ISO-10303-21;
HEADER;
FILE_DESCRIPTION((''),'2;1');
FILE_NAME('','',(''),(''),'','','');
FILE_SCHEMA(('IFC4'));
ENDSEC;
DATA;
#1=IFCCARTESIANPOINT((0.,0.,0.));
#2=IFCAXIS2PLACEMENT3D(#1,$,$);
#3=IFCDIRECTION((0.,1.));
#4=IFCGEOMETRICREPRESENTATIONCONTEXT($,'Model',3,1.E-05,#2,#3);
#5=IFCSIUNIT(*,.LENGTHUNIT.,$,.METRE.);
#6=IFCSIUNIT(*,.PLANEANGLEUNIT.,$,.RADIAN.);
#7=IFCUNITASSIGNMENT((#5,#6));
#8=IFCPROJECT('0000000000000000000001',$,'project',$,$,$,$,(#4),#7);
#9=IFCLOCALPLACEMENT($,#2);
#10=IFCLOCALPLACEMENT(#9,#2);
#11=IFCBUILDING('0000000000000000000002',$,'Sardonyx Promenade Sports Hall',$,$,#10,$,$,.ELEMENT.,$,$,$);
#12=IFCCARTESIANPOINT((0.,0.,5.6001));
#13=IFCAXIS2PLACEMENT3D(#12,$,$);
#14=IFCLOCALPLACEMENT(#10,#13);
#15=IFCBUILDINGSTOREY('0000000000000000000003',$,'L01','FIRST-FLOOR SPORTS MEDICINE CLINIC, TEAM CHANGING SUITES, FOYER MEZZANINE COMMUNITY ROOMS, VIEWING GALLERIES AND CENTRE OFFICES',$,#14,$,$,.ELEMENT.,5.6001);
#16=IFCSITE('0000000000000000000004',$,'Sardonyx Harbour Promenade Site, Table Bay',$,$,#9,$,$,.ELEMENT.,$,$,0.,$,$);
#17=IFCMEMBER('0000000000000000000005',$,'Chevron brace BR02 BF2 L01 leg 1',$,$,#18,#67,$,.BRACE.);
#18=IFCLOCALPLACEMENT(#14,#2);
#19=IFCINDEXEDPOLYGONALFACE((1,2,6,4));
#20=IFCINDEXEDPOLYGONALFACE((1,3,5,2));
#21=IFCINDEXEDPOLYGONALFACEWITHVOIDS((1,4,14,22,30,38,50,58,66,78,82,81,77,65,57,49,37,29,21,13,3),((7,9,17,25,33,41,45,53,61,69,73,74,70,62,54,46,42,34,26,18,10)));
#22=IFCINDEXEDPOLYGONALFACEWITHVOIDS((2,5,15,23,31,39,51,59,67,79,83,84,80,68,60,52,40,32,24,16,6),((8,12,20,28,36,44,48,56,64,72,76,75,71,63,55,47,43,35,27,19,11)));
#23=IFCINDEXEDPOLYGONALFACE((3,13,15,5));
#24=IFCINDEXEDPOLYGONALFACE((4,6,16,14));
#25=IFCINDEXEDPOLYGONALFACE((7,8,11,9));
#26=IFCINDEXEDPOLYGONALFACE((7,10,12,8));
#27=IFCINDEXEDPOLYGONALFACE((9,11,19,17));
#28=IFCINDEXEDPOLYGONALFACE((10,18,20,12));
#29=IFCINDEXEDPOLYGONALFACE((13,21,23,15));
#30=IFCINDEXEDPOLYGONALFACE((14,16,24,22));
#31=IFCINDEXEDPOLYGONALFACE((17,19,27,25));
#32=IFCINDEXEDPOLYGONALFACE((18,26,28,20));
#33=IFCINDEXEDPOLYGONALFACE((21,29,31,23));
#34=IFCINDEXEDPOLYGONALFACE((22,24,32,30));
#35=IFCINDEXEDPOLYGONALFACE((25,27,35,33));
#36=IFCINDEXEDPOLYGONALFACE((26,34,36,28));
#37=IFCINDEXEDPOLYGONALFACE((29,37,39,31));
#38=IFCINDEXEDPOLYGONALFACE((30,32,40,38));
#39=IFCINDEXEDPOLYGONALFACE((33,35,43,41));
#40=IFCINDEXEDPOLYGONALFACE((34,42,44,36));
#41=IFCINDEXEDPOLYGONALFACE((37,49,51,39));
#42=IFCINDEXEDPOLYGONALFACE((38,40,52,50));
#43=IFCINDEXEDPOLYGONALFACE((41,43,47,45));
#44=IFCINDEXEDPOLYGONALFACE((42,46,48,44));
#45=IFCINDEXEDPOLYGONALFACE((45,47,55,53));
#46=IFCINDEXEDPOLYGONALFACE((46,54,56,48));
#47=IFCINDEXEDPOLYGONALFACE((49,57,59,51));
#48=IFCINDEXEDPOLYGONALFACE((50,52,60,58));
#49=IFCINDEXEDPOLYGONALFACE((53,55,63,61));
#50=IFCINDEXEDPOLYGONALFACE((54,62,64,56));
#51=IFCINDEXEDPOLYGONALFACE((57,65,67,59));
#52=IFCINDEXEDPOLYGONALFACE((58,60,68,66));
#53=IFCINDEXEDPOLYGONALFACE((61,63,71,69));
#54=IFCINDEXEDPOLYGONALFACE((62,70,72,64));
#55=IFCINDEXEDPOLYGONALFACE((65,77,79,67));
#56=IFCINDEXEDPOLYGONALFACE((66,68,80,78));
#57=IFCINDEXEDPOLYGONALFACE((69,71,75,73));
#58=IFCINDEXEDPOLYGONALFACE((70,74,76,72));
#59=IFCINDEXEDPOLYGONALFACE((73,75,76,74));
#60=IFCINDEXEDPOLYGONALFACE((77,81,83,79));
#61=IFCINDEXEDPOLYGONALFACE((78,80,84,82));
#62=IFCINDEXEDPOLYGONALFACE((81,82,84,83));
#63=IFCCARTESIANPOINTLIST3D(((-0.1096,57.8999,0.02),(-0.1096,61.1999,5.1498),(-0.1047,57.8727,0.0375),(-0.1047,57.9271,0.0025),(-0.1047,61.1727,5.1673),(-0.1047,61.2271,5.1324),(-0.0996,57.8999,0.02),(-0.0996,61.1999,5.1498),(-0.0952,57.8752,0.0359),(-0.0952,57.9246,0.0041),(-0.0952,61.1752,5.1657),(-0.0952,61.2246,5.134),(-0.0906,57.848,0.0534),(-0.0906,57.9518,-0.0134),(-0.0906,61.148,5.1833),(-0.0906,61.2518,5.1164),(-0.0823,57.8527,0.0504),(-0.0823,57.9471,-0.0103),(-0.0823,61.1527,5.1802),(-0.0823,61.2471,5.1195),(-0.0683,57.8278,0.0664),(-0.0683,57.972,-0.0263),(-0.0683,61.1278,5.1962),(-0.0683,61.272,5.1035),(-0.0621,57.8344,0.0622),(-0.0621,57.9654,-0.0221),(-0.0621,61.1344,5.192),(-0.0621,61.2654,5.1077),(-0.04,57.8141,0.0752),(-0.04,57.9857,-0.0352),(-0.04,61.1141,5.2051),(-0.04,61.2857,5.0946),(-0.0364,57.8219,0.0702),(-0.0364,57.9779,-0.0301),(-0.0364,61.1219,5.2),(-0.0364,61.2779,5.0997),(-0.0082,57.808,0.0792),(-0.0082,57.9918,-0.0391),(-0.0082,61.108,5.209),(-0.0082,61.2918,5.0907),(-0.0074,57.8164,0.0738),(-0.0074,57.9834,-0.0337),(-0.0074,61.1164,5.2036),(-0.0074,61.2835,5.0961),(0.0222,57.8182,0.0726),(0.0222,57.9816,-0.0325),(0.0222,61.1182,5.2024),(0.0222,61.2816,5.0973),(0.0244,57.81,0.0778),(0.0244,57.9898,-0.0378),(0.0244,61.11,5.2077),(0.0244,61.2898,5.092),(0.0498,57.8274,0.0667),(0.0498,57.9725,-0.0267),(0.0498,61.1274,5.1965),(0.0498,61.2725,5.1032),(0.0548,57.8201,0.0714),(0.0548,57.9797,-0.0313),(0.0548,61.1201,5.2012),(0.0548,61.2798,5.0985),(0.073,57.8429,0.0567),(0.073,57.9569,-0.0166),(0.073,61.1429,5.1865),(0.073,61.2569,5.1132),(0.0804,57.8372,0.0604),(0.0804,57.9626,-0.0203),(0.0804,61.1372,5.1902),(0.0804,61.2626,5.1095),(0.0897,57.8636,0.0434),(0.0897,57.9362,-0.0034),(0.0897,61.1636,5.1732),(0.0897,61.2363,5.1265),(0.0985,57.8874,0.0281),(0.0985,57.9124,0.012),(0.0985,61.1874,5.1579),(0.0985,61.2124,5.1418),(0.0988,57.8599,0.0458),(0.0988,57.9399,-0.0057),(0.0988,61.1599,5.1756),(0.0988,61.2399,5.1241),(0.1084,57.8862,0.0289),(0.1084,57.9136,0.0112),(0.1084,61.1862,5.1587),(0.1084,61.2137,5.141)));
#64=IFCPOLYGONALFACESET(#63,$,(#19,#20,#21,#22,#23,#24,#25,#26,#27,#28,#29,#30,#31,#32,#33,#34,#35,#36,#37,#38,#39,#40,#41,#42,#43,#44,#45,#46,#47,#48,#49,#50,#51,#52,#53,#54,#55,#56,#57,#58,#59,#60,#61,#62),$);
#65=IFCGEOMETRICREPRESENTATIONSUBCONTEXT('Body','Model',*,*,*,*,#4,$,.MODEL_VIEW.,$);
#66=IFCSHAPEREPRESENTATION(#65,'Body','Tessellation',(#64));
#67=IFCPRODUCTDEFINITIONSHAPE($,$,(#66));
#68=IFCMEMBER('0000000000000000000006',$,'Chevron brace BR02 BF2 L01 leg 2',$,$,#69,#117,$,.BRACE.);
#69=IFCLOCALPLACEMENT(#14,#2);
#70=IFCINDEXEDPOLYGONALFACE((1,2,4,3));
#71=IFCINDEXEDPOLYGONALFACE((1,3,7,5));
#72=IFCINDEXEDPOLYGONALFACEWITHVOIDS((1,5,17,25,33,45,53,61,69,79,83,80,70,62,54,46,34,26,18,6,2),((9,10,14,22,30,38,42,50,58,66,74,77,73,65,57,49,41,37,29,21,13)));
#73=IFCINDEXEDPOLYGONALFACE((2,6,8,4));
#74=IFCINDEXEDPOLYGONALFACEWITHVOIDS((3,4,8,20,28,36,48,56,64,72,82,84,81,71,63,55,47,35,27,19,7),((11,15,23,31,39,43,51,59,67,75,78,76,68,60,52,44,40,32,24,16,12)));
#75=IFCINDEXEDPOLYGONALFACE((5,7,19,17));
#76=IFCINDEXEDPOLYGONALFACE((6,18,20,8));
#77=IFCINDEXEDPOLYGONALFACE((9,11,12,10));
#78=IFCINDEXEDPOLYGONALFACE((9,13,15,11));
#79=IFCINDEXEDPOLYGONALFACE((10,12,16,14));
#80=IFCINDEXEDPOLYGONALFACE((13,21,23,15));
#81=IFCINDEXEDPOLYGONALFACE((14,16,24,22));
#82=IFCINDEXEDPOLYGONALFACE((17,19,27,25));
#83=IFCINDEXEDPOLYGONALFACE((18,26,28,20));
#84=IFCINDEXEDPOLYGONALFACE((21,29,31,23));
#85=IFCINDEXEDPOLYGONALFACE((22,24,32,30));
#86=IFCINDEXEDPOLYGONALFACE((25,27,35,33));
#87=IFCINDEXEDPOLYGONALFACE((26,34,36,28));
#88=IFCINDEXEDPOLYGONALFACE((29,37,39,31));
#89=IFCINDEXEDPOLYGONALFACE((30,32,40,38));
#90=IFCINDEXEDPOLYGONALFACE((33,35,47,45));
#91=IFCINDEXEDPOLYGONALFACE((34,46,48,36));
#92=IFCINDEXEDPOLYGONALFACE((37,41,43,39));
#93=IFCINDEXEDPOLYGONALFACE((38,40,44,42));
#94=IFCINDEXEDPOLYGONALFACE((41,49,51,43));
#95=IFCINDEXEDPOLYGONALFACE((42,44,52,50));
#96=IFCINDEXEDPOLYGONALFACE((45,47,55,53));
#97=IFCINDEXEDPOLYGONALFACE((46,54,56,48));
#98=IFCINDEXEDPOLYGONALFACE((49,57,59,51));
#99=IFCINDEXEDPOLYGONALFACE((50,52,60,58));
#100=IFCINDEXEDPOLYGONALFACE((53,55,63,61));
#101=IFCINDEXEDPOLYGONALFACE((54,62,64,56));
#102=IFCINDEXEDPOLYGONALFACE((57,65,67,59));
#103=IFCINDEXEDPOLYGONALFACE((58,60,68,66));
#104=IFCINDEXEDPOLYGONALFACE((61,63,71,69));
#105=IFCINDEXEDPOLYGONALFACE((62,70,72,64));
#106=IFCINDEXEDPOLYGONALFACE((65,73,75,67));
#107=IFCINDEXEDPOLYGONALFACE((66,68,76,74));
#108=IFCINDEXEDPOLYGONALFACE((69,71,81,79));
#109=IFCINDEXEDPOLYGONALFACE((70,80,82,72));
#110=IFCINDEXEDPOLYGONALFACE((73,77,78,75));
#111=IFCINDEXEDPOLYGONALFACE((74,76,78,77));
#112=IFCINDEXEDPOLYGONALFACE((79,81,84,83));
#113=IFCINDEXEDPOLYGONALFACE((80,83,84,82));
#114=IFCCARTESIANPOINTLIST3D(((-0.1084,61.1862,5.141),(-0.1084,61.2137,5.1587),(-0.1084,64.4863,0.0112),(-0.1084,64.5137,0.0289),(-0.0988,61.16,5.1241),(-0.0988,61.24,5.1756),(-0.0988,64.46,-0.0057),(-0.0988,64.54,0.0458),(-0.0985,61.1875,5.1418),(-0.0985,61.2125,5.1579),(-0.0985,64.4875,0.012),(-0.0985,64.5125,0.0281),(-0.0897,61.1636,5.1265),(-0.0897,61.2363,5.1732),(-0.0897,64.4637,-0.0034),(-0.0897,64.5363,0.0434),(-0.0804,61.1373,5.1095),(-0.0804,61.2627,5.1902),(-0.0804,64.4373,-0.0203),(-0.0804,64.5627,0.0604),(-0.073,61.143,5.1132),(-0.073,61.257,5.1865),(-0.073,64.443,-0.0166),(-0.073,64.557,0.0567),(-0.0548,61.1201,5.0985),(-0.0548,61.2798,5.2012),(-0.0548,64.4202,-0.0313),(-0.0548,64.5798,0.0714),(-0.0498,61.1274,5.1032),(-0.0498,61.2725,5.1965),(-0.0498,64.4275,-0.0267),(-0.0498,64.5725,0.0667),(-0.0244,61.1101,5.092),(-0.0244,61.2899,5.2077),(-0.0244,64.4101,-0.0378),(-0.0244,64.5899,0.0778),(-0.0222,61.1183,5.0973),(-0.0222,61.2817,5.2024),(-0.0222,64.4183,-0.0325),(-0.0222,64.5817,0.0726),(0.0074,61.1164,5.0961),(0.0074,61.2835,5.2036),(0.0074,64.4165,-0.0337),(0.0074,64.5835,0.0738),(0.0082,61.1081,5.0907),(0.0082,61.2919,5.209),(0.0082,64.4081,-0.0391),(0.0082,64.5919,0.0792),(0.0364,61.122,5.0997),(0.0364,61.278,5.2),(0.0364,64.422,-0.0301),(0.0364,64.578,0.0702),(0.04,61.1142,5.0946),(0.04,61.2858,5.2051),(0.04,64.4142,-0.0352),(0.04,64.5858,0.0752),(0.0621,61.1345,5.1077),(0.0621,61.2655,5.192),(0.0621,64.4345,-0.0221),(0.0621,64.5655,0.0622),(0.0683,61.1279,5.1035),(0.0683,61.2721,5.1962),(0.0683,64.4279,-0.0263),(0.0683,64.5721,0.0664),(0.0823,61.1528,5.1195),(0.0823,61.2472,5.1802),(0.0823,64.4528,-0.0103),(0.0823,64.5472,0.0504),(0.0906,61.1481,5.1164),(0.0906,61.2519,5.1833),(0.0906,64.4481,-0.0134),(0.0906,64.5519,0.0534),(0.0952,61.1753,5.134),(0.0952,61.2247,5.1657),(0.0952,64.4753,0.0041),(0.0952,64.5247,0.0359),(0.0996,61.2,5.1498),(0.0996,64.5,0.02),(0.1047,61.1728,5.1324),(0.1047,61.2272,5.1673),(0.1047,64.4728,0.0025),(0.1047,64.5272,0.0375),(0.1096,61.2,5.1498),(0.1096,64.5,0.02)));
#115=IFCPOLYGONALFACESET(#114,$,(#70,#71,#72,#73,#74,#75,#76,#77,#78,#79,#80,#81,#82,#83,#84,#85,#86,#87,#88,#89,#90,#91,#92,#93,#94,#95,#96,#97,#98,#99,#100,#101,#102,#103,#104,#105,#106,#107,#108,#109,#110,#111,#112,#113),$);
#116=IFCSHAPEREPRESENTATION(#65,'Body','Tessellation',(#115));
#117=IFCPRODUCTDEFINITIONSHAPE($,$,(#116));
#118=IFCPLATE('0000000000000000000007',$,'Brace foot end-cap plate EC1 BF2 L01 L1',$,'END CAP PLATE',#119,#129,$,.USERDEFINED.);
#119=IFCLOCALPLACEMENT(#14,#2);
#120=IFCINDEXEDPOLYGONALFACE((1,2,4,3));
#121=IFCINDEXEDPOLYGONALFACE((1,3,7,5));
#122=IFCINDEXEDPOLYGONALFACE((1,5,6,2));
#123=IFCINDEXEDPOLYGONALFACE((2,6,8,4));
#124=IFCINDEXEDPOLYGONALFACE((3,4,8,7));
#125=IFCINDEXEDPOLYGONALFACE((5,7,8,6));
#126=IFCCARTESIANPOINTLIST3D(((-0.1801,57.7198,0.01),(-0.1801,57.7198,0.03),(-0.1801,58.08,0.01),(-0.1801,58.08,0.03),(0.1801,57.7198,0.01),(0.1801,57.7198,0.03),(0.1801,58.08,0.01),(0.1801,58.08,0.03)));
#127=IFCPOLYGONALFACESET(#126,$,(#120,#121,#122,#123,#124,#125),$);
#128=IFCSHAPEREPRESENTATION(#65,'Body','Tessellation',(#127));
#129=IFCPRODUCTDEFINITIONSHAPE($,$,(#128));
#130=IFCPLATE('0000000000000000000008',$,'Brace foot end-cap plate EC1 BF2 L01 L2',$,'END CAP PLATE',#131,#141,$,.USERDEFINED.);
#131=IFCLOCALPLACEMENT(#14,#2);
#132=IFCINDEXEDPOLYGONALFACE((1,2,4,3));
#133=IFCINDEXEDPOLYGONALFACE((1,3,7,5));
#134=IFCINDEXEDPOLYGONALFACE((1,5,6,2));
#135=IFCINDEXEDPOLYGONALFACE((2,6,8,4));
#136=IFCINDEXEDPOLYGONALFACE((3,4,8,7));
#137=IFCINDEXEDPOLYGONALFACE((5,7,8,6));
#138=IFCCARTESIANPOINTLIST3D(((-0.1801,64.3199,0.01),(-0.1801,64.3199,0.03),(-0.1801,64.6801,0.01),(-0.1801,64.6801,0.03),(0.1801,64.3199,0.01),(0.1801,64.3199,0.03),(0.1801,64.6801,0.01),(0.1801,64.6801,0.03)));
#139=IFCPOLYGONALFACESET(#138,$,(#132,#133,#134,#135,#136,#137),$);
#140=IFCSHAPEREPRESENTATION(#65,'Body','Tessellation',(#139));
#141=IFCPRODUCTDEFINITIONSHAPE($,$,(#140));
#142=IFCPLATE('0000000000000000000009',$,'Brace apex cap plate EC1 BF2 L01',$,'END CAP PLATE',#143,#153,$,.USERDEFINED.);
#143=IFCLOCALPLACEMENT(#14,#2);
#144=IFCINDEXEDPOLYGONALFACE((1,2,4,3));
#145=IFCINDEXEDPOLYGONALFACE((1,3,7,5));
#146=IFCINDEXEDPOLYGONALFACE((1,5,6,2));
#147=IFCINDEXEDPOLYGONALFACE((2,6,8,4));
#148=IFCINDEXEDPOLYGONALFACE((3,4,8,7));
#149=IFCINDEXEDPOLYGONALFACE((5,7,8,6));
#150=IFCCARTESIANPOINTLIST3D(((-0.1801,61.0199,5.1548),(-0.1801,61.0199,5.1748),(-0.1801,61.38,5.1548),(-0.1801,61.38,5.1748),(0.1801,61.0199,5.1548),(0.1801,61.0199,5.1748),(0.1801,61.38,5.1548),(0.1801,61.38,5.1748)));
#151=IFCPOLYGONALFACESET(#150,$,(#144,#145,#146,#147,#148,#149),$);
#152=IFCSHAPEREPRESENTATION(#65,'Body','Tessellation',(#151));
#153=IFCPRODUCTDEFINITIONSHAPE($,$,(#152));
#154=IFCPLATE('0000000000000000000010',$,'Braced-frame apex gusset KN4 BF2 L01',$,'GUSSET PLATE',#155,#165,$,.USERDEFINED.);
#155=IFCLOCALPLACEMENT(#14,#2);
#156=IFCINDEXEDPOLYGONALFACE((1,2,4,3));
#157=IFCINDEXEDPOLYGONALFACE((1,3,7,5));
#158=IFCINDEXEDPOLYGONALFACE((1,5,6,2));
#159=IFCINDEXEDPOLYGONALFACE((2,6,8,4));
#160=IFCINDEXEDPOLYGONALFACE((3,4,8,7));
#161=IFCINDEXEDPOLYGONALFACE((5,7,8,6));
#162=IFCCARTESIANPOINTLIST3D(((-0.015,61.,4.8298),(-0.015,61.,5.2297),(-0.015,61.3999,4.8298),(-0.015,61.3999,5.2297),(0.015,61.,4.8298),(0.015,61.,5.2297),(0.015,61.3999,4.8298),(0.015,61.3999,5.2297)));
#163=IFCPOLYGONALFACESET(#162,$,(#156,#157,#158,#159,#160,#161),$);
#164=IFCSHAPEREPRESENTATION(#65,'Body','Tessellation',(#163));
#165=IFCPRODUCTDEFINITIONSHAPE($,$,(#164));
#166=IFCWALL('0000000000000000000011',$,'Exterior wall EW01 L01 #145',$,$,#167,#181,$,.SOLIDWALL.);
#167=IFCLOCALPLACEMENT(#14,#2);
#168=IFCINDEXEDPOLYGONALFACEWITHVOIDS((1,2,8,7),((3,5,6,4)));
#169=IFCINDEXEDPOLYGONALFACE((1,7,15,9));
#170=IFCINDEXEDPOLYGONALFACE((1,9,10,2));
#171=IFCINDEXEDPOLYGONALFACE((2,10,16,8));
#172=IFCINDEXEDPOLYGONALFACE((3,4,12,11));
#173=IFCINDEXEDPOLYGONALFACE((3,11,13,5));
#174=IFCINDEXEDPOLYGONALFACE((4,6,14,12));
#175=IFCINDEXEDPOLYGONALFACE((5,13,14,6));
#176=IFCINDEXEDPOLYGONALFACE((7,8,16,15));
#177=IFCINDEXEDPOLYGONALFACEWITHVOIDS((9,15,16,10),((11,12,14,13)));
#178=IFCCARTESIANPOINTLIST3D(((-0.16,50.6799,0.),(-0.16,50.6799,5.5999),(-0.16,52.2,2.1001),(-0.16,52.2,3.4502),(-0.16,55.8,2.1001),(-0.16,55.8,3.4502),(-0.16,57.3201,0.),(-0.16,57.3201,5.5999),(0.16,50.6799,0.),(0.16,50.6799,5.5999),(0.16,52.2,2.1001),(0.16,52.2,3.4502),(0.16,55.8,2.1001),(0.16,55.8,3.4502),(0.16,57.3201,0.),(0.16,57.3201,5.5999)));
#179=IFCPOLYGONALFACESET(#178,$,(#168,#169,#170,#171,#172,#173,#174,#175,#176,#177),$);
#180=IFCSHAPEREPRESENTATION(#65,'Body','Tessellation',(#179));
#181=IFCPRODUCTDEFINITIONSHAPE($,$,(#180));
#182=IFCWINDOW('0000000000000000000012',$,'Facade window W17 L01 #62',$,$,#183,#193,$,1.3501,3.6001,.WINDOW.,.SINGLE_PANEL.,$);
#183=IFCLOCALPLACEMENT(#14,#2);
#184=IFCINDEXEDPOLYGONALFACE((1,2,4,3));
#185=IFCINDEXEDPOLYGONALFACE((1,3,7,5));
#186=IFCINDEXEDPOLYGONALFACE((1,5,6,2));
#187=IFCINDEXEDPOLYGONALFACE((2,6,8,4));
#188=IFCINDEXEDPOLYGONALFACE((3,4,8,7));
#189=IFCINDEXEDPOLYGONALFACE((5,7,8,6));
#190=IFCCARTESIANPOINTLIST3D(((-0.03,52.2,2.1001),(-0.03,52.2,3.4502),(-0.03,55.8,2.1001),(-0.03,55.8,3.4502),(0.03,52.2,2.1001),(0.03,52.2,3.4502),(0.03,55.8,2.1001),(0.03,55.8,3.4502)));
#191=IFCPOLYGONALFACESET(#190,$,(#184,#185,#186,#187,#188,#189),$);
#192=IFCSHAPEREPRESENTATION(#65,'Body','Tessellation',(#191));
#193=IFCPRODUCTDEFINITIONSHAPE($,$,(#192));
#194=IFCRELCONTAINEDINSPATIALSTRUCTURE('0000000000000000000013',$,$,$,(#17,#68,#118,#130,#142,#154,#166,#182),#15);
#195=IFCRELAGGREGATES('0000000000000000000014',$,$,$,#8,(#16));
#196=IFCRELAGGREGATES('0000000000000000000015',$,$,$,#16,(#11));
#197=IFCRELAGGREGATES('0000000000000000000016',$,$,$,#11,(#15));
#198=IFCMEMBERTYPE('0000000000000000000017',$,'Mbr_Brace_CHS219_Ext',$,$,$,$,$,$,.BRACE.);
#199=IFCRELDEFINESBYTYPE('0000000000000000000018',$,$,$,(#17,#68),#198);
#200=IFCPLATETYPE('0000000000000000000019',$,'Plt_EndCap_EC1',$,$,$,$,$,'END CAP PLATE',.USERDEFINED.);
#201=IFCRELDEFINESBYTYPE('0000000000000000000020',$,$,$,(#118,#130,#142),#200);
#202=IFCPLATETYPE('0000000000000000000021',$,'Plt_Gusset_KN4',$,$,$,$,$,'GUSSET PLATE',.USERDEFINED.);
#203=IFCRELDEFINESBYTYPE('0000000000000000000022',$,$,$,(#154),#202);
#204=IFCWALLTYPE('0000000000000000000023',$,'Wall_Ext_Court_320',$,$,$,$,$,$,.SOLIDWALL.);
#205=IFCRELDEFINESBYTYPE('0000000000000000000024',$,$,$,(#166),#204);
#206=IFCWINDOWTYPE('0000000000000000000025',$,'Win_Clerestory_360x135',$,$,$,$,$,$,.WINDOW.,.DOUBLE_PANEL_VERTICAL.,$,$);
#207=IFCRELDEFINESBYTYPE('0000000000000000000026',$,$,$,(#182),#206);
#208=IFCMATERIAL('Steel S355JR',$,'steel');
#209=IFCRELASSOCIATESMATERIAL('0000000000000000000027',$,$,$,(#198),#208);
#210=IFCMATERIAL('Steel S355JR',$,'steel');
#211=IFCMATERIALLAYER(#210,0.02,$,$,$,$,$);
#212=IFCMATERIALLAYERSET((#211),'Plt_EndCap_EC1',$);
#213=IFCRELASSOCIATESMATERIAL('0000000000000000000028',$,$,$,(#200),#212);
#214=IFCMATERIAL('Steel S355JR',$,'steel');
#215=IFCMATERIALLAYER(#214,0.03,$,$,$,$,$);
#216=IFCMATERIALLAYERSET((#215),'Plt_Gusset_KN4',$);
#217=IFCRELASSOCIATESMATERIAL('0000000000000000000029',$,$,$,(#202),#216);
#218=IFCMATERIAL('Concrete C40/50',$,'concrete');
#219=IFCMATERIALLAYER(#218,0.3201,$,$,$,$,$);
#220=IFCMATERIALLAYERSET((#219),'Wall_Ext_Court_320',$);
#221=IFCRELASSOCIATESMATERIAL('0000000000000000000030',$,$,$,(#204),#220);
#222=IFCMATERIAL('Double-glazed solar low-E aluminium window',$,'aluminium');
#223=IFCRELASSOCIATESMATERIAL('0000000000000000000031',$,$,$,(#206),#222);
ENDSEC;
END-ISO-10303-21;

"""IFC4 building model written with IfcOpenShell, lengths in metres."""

from ifc_helpers import new_model, si_unit, direction, frame, frame_2d, origin, origin_2d, place, context, subcontext, project, spatial, rectangle, hollow_circle, extrude, material, layer, layer_set, material_profile, profile_set, type_object, element, fill, save


model = new_model("IFC4")

# Units and contexts
model_context = context("Model", 3, precision=1e-05, world=origin(), true_north=direction((0.0, 1.0)))
body_context = subcontext(model_context, "Body", "Model", "MODEL_VIEW")
ifc_project = project(units=[si_unit("LENGTHUNIT", "METRE"), si_unit("PLANEANGLEUNIT", "RADIAN")], contexts=[model_context])

# Site, building, storey
site_placement = place(None, origin())
site = spatial("IfcSite", under=ifc_project, at=site_placement, Name="Sardonyx Harbour Promenade Site, Table Bay", CompositionType="ELEMENT", RefElevation=0.0)
building_placement = place(site_placement, origin())
building = spatial("IfcBuilding", under=site, at=building_placement, Name="Sardonyx Promenade Sports Hall", CompositionType="ELEMENT")
storey_placement = place(building_placement, frame((0.0, 0.0, 5.6001)))
storey = spatial("IfcBuildingStorey", under=building, at=storey_placement, Name="L01", Description="FIRST-FLOOR SPORTS MEDICINE CLINIC, TEAM CHANGING SUITES, FOYER MEZZANINE COMMUNITY ROOMS, VIEWING GALLERIES AND CENTRE OFFICES", CompositionType="ELEMENT", Elevation=5.6001)

# Members
ifc_material_1 = material(Name="Steel S355JR", Category="steel")
ifc_material_profile_1 = material_profile(ifc_material_1, hollow_circle(Radius=0.1096, WallThickness=0.01, at=origin_2d()))
ifc_profile_set_1 = profile_set([ifc_material_profile_1], Name="Steel S355JR")
member_type = type_object("IfcMemberType", Name="Mbr_Brace_CHS219_Ext", PredefinedType="BRACE", material=ifc_profile_set_1)
for number, where, z_axis, x_axis, name in (
    (1, (0.0, 57.8999, 0.02), (0.0, 0.541021, 0.841009), (-1.0, 0.0, 0.0), "Chevron brace BR02 BF2 L01 leg 1"),
    (2, (0.0, 64.5, 0.02), (0.0, -0.541021, 0.841009), (1.0, 0.0, 0.0), "Chevron brace BR02 BF2 L01 leg 2"),
):
    element("IfcMember", number, at=place(storey_placement, frame(where, z_axis=z_axis, x_axis=x_axis)), inside=storey, type_object=member_type, Name=name, PredefinedType="BRACE", context=body_context, shape_type="SweptSolid", body=[
        extrude(hollow_circle(Radius=0.1096, WallThickness=0.01, at=origin_2d()), origin(), (0.0, 0.0, 1.0), 6.0996),
    ])

# Plates
ifc_material_2 = material(Name="Steel S355JR", Category="steel")
ifc_layer_1 = layer(ifc_material_2, 0.02)
ifc_layer_set_1 = layer_set([ifc_layer_1], Name="Plt_EndCap_EC1")
plate_type_1 = type_object("IfcPlateType", Name="Plt_EndCap_EC1", ElementType="END CAP PLATE", PredefinedType="USERDEFINED", material=ifc_layer_set_1)
for number, where, z_axis, x_axis, name in (
    (3, (0.0, 57.8999, 0.01), (0.0, 0.0, 1.0), (1.0, 0.0, 0.0), "Brace foot end-cap plate EC1 BF2 L01 L1"),
    (4, (0.0, 64.5, 0.01), (0.0, 0.0, 1.0), (1.0, 0.0, 0.0), "Brace foot end-cap plate EC1 BF2 L01 L2"),
    (5, (0.0, 61.2, 5.1548), (0.0, 0.0, 1.0), (1.0, 0.0, 0.0), "Brace apex cap plate EC1 BF2 L01"),
):
    element("IfcPlate", number, at=place(storey_placement, frame(where, z_axis=z_axis, x_axis=x_axis)), inside=storey, type_object=plate_type_1, Name=name, ObjectType="END CAP PLATE", PredefinedType="USERDEFINED", context=body_context, shape_type="SweptSolid", body=[
        extrude(rectangle(XDim=0.3601, YDim=0.3601, at=origin_2d()), origin(), (0.0, 0.0, 1.0), 0.02),
    ])
ifc_material_3 = material(Name="Steel S355JR", Category="steel")
ifc_layer_2 = layer(ifc_material_3, 0.03)
ifc_layer_set_2 = layer_set([ifc_layer_2], Name="Plt_Gusset_KN4")
plate_type_2 = type_object("IfcPlateType", Name="Plt_Gusset_KN4", ElementType="GUSSET PLATE", PredefinedType="USERDEFINED", material=ifc_layer_set_2)
plate_placement = place(storey_placement, frame((0.0, 61.2, 4.8298), z_axis=(0.0, 0.0, 1.0), x_axis=(0.0, 1.0, 0.0)))
element("IfcPlate", 6, at=plate_placement, inside=storey, type_object=plate_type_2, Name="Braced-frame apex gusset KN4 BF2 L01", ObjectType="GUSSET PLATE", PredefinedType="USERDEFINED", context=body_context, shape_type="SweptSolid", body=[
    extrude(rectangle(XDim=0.3999, YDim=0.03, at=origin_2d()), origin(), (0.0, 0.0, 1.0), 0.3999),
])

# Wall, opening, window
ifc_material_4 = material(Name="Concrete C40/50", Category="concrete")
ifc_layer_3 = layer(ifc_material_4, 0.3201)
ifc_layer_set_3 = layer_set([ifc_layer_3], Name="Wall_Ext_Court_320")
wall_type = type_object("IfcWallType", Name="Wall_Ext_Court_320", PredefinedType="SOLIDWALL", material=ifc_layer_set_3)
wall_1_placement = place(storey_placement, frame((0.0, 50.6799, 0.0), z_axis=(0.0, 0.0, 1.0), x_axis=(0.0, 1.0, 0.0)))
wall_1 = element("IfcWall", 7, at=wall_1_placement, inside=storey, type_object=wall_type, Name="Exterior wall EW01 L01 #145", PredefinedType="SOLIDWALL", context=body_context, shape_type="SweptSolid", body=[
    extrude(rectangle(XDim=6.6401, YDim=0.3201, at=frame_2d((3.3201, 0.0))), origin(), (0.0, 0.0, 1.0), 5.5999),
])
opening_1_placement = place(wall_1_placement, frame((1.52, 0.0, 2.1001)))
opening_1 = element("IfcOpeningElement", 8, at=opening_1_placement, cuts=wall_1, PredefinedType="OPENING", context=body_context, shape_type="SweptSolid", body=[
    extrude(rectangle(XDim=3.6001, YDim=1.3501, at=frame_2d((1.8, 0.675))), frame((0.0, 0.17, 0.0), z_axis=(0.0, -1.0, 0.0), x_axis=(1.0, 0.0, 0.0)), (0.0, 0.0, 1.0), 0.34),
])
ifc_material_5 = material(Name="Double-glazed solar low-E aluminium window", Category="aluminium")
window_type = type_object("IfcWindowType", Name="Win_Clerestory_360x135", PartitioningType="DOUBLE_PANEL_VERTICAL", PredefinedType="WINDOW", material=ifc_material_5)
window_1_placement = place(opening_1_placement, origin())
window_1 = element("IfcWindow", 9, at=window_1_placement, inside=storey, type_object=window_type, Name="Facade window W17 L01 #62", OverallHeight=1.3501, OverallWidth=3.6001, PartitioningType="SINGLE_PANEL", PredefinedType="WINDOW", context=body_context, shape_type="SweptSolid", body=[
    extrude(rectangle(XDim=3.6001, YDim=1.3501, at=frame_2d((1.8, 0.675))), frame((0.0, 0.03, 0.0), z_axis=(0.0, -1.0, 0.0), x_axis=(1.0, 0.0, 0.0)), (0.0, 0.0, 1.0), 0.0601),
])
fill(opening_1, window_1)

save(model, "model.ifc")
